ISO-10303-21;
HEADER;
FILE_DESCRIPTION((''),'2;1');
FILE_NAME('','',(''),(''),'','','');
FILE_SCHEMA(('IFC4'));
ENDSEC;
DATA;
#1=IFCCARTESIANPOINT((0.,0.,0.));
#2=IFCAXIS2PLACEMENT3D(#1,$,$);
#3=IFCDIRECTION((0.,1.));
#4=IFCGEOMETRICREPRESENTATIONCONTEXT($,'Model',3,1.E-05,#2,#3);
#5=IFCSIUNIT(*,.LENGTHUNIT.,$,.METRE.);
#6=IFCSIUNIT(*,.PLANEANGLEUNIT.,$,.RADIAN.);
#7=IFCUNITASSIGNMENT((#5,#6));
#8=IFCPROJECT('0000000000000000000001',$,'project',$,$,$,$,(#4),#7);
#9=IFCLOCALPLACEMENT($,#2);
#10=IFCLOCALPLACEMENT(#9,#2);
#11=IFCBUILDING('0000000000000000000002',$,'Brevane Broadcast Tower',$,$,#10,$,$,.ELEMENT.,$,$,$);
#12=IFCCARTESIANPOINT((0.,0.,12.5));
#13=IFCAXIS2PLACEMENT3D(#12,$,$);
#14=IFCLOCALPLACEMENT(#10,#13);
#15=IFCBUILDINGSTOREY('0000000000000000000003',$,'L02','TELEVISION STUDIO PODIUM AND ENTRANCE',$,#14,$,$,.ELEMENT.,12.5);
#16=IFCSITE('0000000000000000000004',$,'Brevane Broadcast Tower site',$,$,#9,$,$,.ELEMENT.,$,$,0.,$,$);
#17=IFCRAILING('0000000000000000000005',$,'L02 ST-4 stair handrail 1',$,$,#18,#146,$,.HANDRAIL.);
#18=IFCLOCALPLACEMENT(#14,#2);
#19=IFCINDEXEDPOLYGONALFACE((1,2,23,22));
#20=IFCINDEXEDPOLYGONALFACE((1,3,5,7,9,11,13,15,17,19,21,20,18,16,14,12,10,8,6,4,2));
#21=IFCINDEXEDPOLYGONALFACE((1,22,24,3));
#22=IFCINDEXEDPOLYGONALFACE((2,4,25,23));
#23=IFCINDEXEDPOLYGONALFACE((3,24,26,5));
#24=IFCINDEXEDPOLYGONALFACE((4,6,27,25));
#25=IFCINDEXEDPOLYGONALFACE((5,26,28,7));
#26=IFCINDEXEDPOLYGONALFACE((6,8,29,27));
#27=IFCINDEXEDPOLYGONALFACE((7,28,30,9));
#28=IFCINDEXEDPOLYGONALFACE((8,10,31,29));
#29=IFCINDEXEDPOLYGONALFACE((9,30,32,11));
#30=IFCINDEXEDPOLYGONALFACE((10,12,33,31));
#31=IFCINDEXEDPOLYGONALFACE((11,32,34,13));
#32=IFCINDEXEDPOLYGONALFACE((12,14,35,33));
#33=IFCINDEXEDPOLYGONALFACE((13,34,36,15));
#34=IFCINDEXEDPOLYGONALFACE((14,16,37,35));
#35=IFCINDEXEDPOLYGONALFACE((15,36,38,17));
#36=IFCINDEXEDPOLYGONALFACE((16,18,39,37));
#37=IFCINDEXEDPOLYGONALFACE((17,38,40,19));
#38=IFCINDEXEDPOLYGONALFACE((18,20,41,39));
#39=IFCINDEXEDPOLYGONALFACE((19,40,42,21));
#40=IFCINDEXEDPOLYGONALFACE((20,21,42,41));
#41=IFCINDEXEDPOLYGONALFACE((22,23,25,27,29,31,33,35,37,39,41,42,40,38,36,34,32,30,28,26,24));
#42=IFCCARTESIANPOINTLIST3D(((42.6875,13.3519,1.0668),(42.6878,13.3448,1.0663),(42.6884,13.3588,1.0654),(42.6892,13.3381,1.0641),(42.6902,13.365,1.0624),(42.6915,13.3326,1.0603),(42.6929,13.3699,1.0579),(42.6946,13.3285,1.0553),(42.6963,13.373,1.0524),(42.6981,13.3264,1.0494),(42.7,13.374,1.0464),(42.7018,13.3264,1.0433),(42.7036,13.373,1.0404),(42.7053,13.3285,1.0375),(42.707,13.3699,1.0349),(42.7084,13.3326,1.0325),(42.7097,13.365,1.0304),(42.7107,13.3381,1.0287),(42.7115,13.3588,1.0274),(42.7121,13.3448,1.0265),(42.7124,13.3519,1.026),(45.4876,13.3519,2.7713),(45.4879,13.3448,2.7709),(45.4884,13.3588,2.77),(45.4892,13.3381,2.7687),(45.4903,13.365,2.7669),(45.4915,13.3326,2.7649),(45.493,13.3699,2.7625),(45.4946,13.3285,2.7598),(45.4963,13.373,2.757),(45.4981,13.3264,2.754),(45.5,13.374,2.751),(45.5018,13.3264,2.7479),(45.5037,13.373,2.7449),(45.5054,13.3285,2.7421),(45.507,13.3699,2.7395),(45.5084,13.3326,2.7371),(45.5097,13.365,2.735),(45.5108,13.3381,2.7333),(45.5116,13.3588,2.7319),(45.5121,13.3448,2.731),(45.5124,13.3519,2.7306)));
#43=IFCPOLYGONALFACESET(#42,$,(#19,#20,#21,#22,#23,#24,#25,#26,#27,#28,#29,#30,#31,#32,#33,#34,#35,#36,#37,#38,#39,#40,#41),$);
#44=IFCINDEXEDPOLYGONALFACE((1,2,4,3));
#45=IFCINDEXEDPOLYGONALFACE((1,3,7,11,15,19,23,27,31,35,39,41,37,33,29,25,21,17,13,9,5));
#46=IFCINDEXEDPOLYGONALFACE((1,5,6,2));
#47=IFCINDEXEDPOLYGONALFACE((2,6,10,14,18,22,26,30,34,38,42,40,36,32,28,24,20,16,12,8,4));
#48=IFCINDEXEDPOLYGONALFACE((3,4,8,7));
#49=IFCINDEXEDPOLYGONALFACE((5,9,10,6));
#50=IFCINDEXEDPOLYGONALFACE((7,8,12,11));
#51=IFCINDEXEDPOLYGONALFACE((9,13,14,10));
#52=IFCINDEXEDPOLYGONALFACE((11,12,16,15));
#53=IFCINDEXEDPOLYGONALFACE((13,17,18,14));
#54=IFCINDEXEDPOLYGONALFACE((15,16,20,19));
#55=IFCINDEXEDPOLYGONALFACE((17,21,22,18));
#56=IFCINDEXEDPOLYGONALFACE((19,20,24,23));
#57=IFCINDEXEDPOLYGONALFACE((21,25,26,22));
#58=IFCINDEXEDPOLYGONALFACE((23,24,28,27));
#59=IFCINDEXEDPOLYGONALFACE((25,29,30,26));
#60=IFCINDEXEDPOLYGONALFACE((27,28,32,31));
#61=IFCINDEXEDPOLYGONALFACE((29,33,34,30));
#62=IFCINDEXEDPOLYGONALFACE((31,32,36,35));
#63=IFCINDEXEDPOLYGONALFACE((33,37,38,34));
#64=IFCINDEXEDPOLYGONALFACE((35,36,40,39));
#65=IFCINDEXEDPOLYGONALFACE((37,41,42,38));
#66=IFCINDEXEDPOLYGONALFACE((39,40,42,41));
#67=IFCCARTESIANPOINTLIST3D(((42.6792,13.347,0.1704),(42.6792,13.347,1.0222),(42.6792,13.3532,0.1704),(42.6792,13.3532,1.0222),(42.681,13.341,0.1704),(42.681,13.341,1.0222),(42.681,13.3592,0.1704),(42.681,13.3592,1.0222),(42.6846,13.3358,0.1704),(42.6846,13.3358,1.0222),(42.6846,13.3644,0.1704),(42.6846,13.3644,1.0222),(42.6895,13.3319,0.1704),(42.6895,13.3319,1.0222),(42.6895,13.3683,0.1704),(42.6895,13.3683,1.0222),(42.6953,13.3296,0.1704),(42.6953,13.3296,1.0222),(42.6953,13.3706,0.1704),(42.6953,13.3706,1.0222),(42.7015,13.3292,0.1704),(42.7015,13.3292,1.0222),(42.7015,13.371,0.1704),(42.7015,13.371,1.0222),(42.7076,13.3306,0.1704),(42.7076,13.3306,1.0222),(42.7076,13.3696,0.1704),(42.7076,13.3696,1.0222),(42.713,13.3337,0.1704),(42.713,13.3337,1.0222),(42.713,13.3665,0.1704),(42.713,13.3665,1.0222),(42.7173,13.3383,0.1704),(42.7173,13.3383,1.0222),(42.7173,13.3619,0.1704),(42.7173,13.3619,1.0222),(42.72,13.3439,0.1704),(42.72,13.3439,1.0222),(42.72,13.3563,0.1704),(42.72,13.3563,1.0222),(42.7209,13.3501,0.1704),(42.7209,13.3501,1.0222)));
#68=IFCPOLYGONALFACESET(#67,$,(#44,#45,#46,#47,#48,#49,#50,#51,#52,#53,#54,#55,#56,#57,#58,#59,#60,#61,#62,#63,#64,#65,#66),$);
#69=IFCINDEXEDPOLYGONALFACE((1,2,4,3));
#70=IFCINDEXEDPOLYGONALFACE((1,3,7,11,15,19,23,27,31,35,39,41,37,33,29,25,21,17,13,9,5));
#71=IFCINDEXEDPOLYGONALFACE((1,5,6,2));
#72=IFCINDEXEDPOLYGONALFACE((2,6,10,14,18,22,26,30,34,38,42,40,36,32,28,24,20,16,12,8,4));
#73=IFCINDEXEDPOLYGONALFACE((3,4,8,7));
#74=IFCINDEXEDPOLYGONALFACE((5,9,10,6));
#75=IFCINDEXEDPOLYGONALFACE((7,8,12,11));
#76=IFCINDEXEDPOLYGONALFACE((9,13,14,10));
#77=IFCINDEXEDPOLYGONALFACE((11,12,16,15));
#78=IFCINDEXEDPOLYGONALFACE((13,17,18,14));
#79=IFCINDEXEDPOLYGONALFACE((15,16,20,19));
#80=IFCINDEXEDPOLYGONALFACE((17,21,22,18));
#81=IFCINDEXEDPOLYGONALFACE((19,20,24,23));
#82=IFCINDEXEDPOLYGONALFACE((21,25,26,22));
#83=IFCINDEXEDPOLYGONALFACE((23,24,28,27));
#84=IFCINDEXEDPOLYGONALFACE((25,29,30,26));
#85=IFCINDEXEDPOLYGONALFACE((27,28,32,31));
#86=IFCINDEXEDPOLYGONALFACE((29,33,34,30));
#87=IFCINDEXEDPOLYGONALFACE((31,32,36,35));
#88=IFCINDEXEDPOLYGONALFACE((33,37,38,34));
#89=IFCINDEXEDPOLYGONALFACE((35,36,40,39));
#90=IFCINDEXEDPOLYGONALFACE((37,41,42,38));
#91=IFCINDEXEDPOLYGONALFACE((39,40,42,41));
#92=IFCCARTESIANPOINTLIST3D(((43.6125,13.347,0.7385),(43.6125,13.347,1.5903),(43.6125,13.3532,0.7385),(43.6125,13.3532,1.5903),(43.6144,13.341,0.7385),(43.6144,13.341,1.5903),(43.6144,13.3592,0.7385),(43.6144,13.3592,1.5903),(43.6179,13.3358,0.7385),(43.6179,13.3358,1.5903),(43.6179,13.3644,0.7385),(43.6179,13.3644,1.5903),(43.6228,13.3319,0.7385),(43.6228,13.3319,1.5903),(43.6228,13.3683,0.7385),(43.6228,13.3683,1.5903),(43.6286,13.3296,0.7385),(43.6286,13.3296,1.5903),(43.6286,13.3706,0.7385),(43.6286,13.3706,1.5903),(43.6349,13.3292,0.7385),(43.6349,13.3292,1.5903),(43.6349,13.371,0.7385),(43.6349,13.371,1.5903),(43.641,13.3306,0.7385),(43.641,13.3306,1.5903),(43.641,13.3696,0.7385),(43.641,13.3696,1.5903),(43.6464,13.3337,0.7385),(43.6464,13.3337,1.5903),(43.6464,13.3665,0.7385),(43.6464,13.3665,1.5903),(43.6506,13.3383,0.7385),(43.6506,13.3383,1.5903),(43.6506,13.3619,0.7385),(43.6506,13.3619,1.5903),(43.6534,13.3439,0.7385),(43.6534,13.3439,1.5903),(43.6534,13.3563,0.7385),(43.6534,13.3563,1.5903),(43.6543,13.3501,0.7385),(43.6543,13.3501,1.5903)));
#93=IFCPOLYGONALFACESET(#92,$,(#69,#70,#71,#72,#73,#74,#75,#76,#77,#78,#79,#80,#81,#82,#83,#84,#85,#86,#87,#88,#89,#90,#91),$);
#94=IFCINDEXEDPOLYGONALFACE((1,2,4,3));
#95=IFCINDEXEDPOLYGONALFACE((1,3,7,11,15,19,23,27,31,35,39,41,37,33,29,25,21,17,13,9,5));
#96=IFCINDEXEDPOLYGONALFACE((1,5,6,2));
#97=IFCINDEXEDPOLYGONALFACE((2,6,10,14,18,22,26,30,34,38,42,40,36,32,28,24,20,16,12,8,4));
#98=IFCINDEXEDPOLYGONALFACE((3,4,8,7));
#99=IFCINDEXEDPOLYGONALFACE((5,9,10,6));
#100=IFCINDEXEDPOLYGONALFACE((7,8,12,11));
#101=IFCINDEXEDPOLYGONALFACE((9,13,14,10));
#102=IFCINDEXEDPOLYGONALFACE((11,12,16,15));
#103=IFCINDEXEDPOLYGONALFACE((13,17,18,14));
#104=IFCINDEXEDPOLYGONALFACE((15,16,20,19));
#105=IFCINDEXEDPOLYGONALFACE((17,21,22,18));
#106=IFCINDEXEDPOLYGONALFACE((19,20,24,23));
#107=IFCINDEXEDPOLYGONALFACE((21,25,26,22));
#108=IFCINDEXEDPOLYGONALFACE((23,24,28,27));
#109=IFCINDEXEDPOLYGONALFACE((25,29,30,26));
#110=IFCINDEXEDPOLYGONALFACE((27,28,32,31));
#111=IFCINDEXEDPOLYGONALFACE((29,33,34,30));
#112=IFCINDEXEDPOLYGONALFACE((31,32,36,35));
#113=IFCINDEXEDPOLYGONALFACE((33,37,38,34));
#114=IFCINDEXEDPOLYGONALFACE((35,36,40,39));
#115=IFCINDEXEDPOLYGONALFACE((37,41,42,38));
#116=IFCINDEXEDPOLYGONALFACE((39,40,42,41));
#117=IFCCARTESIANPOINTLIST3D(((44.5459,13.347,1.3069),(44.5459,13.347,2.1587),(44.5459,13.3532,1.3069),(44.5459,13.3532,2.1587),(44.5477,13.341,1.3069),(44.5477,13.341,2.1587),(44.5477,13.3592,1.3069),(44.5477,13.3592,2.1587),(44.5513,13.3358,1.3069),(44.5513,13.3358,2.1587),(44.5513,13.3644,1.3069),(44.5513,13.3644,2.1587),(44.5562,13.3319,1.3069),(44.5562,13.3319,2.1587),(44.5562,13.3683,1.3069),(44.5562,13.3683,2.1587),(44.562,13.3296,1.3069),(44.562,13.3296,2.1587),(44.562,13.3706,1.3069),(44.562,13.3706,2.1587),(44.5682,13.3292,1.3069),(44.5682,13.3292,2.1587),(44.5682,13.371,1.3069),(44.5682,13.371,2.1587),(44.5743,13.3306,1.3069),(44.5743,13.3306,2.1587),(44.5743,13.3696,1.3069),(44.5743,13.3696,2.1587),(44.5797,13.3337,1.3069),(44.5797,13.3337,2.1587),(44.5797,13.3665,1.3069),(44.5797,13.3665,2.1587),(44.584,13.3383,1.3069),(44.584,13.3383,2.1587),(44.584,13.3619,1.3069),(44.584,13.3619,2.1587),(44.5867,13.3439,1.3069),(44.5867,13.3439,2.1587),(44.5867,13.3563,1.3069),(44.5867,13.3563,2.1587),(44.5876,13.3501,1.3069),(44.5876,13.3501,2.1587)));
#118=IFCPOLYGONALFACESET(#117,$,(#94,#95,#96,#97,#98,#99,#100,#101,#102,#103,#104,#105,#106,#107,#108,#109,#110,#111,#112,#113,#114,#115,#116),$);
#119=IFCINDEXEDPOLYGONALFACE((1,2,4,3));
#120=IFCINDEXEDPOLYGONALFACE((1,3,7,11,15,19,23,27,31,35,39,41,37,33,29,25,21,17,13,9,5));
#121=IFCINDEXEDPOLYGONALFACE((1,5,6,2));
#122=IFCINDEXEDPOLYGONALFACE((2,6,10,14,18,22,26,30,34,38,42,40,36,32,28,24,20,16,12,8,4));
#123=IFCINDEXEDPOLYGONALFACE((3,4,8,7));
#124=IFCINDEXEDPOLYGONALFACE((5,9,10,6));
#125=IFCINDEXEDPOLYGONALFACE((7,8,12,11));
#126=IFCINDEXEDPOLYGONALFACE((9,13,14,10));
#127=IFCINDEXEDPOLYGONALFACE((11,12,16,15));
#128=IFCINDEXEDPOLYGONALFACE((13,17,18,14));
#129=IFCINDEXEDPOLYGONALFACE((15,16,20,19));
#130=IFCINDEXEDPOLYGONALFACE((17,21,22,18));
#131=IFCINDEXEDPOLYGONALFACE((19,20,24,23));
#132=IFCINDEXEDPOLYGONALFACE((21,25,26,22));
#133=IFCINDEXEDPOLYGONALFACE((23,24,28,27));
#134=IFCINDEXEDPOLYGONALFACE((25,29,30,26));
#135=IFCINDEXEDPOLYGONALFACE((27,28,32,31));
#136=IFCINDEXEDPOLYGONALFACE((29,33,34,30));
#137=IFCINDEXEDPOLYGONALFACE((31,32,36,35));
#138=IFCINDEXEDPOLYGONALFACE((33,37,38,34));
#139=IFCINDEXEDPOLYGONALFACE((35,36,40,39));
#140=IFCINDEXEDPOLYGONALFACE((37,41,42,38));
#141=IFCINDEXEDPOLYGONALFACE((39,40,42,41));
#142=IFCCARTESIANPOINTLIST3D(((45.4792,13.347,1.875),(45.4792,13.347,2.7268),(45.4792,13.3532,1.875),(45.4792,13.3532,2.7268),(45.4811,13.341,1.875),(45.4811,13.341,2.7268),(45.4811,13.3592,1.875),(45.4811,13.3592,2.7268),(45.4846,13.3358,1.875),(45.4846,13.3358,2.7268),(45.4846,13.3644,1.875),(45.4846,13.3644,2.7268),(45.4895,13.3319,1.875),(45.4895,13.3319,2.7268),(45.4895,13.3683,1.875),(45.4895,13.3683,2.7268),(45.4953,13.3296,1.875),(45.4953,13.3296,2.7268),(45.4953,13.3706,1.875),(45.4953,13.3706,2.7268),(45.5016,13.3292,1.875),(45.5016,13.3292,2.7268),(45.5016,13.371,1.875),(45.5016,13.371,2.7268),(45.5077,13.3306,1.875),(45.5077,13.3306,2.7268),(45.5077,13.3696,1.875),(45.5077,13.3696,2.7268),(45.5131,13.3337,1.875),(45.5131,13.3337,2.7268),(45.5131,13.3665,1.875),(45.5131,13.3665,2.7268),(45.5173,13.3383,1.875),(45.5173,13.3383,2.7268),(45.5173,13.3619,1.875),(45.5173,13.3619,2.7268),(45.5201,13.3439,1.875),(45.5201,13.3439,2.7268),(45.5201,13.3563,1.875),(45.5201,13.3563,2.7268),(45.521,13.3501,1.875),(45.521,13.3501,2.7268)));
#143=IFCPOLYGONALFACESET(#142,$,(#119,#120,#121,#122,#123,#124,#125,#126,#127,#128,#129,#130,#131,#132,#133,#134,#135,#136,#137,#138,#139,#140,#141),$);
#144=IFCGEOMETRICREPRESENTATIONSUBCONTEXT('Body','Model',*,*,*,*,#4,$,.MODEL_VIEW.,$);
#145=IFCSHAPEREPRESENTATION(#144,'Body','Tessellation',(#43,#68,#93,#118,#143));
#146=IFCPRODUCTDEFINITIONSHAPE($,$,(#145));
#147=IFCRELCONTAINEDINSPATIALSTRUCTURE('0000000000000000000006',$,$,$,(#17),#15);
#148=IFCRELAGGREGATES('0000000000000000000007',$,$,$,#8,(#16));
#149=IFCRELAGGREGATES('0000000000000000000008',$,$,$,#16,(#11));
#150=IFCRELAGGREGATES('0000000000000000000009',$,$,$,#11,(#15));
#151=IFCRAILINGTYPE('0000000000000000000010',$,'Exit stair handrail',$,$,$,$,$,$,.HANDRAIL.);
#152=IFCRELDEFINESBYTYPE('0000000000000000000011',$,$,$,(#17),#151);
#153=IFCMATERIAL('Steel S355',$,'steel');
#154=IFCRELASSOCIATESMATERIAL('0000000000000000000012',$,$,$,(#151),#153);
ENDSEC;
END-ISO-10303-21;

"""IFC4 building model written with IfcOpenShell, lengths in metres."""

from ifc_helpers import new_model, si_unit, direction, frame, origin, origin_2d, place, context, subcontext, project, spatial, circle, extrude, material, type_object, element, save


model = new_model("IFC4")

# Units and contexts
model_context = context("Model", 3, precision=1e-05, world=origin(), true_north=direction((0.0, 1.0)))
body_context = subcontext(model_context, "Body", "Model", "MODEL_VIEW")
ifc_project = project(units=[si_unit("LENGTHUNIT", "METRE"), si_unit("PLANEANGLEUNIT", "RADIAN")], contexts=[model_context])

# Site, building, storey
site_placement = place(None, origin())
site = spatial("IfcSite", under=ifc_project, at=site_placement, Name="Brevane Broadcast Tower site", CompositionType="ELEMENT", RefElevation=0.0)
building_placement = place(site_placement, origin())
building = spatial("IfcBuilding", under=site, at=building_placement, Name="Brevane Broadcast Tower", CompositionType="ELEMENT")
storey_placement = place(building_placement, frame((0.0, 0.0, 12.5)))
storey = spatial("IfcBuildingStorey", under=building, at=storey_placement, Name="L02", Description="TELEVISION STUDIO PODIUM AND ENTRANCE", CompositionType="ELEMENT", Elevation=12.5)

# Railing
ifc_material_1 = material(Name="Steel S355", Category="steel")
railing_type_1 = type_object("IfcRailingType", Name="Exit stair handrail", PredefinedType="HANDRAIL", material=ifc_material_1)
railing_1_placement = place(storey_placement, frame((42.7, 13.3501, 0.1704)))
element("IfcRailing", 1, at=railing_1_placement, inside=storey, type_object=railing_type_1, Name="L02 ST-4 stair handrail 1", PredefinedType="HANDRAIL", context=body_context, shape_type="SweptSolid", body=[
    extrude(circle(Radius=0.0239, at=origin_2d()), frame((0.0, 0.0, 0.876), z_axis=(0.85417, 0.0, 0.519994), x_axis=(0.0, 1.0, 0.0)), (0.0, 0.0, 1.0), 3.2781),
    extrude(circle(Radius=0.021, at=origin_2d()), origin(), (0.0, 0.0, 1.0), 0.8518),
    extrude(circle(Radius=0.021, at=origin_2d()), frame((0.9333, 0.0, 0.5681)), (0.0, 0.0, 1.0), 0.8518),
    extrude(circle(Radius=0.021, at=origin_2d()), frame((1.8667, 0.0, 1.1365)), (0.0, 0.0, 1.0), 0.8518),
    extrude(circle(Radius=0.021, at=origin_2d()), frame((2.8, 0.0, 1.7046)), (0.0, 0.0, 1.0), 0.8518),
])

save(model, "model.ifc")
